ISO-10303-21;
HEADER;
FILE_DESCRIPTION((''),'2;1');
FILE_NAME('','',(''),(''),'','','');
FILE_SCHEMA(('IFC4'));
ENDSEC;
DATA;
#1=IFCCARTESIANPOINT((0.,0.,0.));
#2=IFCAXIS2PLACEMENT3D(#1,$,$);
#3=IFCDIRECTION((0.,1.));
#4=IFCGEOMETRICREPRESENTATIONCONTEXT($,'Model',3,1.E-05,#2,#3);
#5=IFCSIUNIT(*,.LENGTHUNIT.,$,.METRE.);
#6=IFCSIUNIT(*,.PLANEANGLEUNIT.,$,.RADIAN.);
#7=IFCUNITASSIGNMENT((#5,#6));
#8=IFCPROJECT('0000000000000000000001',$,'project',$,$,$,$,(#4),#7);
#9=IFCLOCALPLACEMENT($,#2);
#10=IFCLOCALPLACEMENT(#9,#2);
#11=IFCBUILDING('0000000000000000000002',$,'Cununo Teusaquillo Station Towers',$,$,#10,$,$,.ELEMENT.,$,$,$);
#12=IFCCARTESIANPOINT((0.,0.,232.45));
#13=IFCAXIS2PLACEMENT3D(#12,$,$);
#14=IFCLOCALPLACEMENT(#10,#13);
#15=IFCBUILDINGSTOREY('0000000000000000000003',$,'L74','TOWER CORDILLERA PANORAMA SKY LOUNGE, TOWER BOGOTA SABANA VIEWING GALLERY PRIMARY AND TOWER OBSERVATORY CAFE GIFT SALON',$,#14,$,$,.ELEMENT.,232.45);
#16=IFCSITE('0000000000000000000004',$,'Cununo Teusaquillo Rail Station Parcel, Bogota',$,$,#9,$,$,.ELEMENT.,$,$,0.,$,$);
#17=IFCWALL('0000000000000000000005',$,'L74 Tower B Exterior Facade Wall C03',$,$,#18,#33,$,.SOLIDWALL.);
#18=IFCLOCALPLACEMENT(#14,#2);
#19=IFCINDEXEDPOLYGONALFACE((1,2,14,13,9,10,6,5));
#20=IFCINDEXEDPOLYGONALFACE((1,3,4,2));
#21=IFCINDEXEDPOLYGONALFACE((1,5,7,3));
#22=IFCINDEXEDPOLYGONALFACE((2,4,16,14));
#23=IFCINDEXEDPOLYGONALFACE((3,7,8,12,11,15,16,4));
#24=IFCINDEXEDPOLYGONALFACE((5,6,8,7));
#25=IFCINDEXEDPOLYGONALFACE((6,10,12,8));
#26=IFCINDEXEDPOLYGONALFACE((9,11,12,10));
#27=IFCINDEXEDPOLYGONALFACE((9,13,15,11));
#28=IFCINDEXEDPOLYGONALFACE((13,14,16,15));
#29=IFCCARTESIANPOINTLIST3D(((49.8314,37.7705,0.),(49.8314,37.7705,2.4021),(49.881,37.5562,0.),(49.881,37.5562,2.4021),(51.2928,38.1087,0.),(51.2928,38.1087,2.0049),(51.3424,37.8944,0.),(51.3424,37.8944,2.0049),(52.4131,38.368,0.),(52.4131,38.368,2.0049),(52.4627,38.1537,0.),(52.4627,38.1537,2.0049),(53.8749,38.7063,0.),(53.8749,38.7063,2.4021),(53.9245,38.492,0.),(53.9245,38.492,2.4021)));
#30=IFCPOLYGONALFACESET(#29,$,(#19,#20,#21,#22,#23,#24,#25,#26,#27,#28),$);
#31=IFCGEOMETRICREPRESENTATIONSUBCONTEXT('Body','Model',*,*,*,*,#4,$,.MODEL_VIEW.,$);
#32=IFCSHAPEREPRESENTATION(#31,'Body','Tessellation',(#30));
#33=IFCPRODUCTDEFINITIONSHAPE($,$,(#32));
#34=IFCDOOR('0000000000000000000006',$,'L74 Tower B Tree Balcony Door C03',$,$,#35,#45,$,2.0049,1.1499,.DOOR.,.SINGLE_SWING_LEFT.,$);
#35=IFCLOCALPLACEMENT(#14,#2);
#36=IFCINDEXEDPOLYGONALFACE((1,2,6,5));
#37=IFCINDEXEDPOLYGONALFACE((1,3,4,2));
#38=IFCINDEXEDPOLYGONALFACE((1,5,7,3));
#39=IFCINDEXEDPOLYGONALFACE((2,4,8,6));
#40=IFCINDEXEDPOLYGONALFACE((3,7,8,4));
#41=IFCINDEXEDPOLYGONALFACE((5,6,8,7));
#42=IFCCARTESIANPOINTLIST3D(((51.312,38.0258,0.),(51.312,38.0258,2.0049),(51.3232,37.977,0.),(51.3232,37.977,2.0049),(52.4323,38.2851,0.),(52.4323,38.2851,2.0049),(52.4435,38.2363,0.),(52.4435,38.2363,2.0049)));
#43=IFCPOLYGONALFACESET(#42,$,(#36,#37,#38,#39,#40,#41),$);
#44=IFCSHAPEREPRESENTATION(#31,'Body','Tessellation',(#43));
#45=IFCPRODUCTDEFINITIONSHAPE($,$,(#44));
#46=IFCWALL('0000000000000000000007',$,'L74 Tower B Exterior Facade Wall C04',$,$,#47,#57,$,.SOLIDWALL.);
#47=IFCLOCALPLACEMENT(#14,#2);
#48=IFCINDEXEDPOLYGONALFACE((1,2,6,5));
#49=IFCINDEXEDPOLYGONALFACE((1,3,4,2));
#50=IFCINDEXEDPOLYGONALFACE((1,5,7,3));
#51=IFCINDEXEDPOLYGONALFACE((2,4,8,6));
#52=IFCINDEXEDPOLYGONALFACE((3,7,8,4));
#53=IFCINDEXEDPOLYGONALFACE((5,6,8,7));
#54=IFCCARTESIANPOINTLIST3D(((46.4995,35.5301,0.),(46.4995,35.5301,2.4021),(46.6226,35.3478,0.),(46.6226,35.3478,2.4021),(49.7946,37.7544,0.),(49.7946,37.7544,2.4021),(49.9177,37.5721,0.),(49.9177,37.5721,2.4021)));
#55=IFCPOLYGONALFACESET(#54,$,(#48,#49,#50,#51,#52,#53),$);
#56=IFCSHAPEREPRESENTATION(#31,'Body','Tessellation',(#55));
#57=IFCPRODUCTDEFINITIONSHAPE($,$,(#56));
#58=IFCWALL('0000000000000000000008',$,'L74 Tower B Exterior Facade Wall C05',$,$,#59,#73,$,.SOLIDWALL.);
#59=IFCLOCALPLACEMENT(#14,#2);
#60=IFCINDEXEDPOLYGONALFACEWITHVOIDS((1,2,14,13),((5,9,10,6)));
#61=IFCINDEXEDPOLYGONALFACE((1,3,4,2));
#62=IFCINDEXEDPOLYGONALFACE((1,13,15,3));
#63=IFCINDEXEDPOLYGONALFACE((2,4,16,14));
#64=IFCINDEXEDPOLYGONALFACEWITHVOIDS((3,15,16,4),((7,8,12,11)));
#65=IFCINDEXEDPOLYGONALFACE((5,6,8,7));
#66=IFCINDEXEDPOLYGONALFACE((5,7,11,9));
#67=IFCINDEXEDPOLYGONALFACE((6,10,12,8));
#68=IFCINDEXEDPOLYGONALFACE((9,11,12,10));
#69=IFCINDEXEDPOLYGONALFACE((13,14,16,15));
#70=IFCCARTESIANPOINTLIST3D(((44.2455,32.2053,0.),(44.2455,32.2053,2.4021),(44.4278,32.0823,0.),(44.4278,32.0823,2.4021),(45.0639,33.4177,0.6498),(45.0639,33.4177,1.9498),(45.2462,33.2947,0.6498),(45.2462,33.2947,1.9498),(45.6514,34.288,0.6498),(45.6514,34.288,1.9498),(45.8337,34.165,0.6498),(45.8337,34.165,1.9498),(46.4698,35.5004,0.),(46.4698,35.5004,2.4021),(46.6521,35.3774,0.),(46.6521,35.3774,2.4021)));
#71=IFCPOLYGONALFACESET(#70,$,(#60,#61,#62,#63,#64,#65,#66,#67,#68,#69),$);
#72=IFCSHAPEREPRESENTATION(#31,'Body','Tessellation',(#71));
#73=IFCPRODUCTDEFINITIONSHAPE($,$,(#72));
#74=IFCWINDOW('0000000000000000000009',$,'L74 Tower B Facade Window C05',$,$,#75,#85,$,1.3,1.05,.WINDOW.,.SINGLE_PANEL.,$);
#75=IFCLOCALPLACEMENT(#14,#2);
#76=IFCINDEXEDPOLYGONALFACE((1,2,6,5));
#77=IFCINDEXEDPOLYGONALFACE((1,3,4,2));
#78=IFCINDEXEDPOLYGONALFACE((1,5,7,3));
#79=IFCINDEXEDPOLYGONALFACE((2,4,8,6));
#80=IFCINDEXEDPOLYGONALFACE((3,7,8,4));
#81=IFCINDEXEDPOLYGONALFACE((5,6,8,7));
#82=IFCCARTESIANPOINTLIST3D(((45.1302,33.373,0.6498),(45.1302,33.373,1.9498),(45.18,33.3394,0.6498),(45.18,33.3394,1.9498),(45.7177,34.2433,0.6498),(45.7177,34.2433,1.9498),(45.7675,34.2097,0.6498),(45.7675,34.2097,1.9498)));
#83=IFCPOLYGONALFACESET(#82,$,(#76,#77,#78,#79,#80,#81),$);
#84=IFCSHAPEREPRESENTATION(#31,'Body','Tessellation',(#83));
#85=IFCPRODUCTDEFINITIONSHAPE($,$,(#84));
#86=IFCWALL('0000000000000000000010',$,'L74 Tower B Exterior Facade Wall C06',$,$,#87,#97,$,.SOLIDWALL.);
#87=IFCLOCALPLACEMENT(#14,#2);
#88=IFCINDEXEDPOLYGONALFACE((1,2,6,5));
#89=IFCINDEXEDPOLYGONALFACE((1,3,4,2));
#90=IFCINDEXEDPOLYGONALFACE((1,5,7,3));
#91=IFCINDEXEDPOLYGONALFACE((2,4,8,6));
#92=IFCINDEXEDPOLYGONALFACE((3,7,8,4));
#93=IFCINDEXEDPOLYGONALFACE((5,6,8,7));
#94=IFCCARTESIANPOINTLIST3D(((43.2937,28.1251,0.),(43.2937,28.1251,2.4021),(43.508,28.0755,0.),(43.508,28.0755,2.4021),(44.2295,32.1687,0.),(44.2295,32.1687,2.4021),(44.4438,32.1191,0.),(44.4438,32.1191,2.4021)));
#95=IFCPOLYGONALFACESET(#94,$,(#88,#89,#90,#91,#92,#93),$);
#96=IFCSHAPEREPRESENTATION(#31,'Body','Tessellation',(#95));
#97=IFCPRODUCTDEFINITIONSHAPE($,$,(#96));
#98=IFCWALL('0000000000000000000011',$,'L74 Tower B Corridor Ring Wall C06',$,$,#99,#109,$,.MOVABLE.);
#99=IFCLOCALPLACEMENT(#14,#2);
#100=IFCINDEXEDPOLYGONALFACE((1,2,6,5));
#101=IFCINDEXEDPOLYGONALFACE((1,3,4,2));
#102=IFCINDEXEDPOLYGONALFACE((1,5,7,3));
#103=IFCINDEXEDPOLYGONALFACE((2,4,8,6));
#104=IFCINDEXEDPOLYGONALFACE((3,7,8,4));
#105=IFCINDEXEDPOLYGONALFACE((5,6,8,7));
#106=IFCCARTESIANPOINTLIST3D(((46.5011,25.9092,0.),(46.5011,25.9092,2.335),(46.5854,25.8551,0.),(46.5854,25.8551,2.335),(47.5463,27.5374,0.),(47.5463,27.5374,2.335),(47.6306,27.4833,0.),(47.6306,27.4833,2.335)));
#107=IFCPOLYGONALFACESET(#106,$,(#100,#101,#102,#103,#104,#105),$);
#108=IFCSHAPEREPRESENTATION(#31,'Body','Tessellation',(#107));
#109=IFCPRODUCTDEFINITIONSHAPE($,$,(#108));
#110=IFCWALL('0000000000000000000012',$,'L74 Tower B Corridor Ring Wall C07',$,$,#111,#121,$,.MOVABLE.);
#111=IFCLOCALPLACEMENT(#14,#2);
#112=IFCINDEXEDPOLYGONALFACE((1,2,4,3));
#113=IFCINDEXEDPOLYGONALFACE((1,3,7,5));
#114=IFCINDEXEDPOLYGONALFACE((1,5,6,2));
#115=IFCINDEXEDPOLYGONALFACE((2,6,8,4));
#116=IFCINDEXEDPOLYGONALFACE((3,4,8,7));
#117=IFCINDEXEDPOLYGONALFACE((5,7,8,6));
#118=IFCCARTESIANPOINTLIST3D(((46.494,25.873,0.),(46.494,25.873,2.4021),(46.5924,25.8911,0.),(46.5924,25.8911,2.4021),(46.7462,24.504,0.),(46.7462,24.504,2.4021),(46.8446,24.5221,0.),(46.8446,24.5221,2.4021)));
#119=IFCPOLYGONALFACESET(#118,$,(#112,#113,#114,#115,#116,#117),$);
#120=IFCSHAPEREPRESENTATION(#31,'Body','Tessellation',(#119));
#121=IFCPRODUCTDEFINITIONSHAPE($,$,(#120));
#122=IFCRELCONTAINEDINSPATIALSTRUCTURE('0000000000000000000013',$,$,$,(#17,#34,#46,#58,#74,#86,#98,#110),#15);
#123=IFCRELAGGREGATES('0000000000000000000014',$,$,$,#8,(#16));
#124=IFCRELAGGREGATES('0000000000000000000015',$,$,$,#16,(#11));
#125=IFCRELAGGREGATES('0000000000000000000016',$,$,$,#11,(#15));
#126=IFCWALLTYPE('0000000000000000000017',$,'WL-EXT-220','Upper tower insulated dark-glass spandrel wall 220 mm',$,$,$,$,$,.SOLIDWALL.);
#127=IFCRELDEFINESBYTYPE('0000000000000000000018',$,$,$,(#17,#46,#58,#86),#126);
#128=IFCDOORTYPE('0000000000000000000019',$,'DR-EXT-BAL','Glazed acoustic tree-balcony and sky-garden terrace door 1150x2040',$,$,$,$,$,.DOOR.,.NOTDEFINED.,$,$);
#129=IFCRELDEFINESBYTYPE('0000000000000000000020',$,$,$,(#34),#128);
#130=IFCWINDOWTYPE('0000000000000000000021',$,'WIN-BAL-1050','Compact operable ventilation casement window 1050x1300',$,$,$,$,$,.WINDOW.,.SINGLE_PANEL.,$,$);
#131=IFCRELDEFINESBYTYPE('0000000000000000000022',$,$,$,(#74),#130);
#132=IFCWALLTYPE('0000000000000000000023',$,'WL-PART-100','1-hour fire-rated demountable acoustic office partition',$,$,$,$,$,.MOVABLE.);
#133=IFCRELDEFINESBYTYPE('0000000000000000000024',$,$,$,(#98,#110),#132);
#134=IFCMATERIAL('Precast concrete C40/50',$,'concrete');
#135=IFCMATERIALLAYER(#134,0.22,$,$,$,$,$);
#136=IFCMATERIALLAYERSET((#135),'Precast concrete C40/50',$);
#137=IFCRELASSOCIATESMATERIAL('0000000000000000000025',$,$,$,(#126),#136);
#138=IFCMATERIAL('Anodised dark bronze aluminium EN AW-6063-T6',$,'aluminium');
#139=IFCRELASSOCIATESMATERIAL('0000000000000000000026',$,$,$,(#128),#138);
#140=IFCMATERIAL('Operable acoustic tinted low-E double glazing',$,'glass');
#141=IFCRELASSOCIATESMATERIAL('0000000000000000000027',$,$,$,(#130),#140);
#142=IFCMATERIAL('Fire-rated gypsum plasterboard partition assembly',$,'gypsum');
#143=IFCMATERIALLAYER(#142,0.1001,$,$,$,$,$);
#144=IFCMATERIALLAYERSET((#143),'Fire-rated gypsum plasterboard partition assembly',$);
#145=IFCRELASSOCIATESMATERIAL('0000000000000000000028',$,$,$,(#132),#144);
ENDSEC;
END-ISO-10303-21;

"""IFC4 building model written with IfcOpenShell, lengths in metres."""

from ifc_helpers import new_model, si_unit, direction, frame, frame_2d, origin, place, context, subcontext, project, spatial, rectangle, extrude, source, transform, mapped, material, layer, layer_set, type_object, element, fill, save


model = new_model("IFC4")

# Units and contexts
model_context = context("Model", 3, precision=1e-05, world=origin(), true_north=direction((0.0, 1.0)))
body_context = subcontext(model_context, "Body", "Model", "MODEL_VIEW")
ifc_project = project(units=[si_unit("LENGTHUNIT", "METRE"), si_unit("PLANEANGLEUNIT", "RADIAN")], contexts=[model_context])

# Site, building, storey
site_placement = place(None, origin())
site = spatial("IfcSite", under=ifc_project, at=site_placement, Name="Cununo Teusaquillo Rail Station Parcel, Bogota", CompositionType="ELEMENT", RefElevation=0.0)
building_placement = place(site_placement, origin())
building = spatial("IfcBuilding", under=site, at=building_placement, Name="Cununo Teusaquillo Station Towers", CompositionType="ELEMENT")
storey_placement = place(building_placement, frame((0.0, 0.0, 232.45)))
storey = spatial("IfcBuildingStorey", under=building, at=storey_placement, Name="L74", Description="TOWER CORDILLERA PANORAMA SKY LOUNGE, TOWER BOGOTA SABANA VIEWING GALLERY PRIMARY AND TOWER OBSERVATORY CAFE GIFT SALON", CompositionType="ELEMENT", Elevation=232.45)

# Wall, opening, door
ifc_material_1 = material(Name="Precast concrete C40/50", Category="concrete")
ifc_layer_1 = layer(ifc_material_1, 0.22)
ifc_layer_set_1 = layer_set([ifc_layer_1], Name="Precast concrete C40/50")
wall_type_1 = type_object("IfcWallType", Name="WL-EXT-220", Description="Upper tower insulated dark-glass spandrel wall 220 mm", PredefinedType="SOLIDWALL", material=ifc_layer_set_1)
wall_1_placement = place(storey_placement, frame((49.8562, 37.6633, 0.0), z_axis=(0.0, 0.0, 1.0), x_axis=(0.974249, 0.225474, 0.0)))
wall_1 = element("IfcWall", 1, at=wall_1_placement, inside=storey, type_object=wall_type_1, Name="L74 Tower B Exterior Facade Wall C03", PredefinedType="SOLIDWALL", context=body_context, shape_type="SweptSolid", body=[
    extrude(rectangle(XDim=4.1504, YDim=0.22, at=frame_2d((2.0752, 0.0))), origin(), (0.0, 0.0, 1.0), 2.4021),
])
shared_shape_1 = source(origin(), body_context, "Body", "SweptSolid", [
    extrude(rectangle(XDim=1.1499, YDim=2.0049, at=frame_2d((0.575, 1.0024))), frame((0.0, 0.1199, 0.0), z_axis=(0.0, -1.0, 0.0), x_axis=(1.0, 0.0, 0.0)), (0.0, 0.0, 1.0), 0.24),
])
opening_1_placement = place(wall_1_placement, frame((1.5, 0.0, 0.0)))
opening_1 = element("IfcOpeningElement", 2, at=opening_1_placement, cuts=wall_1, PredefinedType="OPENING", context=body_context, shape_type="MappedRepresentation", body=[
    mapped(shared_shape_1, transform((0.0, 0.0, 0.0), x_axis=(1.0, 0.0, 0.0), y_axis=(0.0, 1.0, 0.0), z_axis=(0.0, 0.0, 1.0), scale=1.0)),
])
ifc_material_2 = material(Name="Anodised dark bronze aluminium EN AW-6063-T6", Category="aluminium")
door_type = type_object("IfcDoorType", Name="DR-EXT-BAL", Description="Glazed acoustic tree-balcony and sky-garden terrace door 1150x2040", OperationType="NOTDEFINED", PredefinedType="DOOR", material=ifc_material_2)
shared_shape_2 = source(origin(), body_context, "Body", "SweptSolid", [
    extrude(rectangle(XDim=1.1499, YDim=2.0049, at=frame_2d((0.575, 1.0024))), frame((0.0, 0.0249, 0.0), z_axis=(0.0, -1.0, 0.0), x_axis=(1.0, 0.0, 0.0)), (0.0, 0.0, 1.0), 0.05),
])
door_placement = place(opening_1_placement, origin())
door = element("IfcDoor", 3, at=door_placement, inside=storey, type_object=door_type, Name="L74 Tower B Tree Balcony Door C03", OperationType="SINGLE_SWING_LEFT", OverallHeight=2.0049, OverallWidth=1.1499, PredefinedType="DOOR", context=body_context, shape_type="MappedRepresentation", body=[
    mapped(shared_shape_2, transform((0.0, 0.0, 0.0), x_axis=(1.0, 0.0, 0.0), y_axis=(0.0, 1.0, 0.0), z_axis=(0.0, 0.0, 1.0), scale=1.0)),
])
fill(opening_1, door)

# Wall
wall_2_placement = place(storey_placement, frame((46.561, 35.439, 0.0), z_axis=(0.0, 0.0, 1.0), x_axis=(0.828834, 0.559495, 0.0)))
element("IfcWall", 4, at=wall_2_placement, inside=storey, type_object=wall_type_1, Name="L74 Tower B Exterior Facade Wall C04", PredefinedType="SOLIDWALL", context=body_context, shape_type="SweptSolid", body=[
    extrude(rectangle(XDim=3.9756, YDim=0.22, at=frame_2d((1.9878, 0.0))), origin(), (0.0, 0.0, 1.0), 2.4021),
])

# Wall, opening, window
wall_3_placement = place(storey_placement, frame((44.3367, 32.1438, 0.0), z_axis=(0.0, 0.0, 1.0), x_axis=(0.559495, 0.828834, 0.0)))
wall_3 = element("IfcWall", 5, at=wall_3_placement, inside=storey, type_object=wall_type_1, Name="L74 Tower B Exterior Facade Wall C05", PredefinedType="SOLIDWALL", context=body_context, shape_type="SweptSolid", body=[
    extrude(rectangle(XDim=3.9756, YDim=0.22, at=frame_2d((1.9878, 0.0))), origin(), (0.0, 0.0, 1.0), 2.4021),
])
shared_shape_3 = source(origin(), body_context, "Body", "SweptSolid", [
    extrude(rectangle(XDim=1.05, YDim=1.3, at=frame_2d((0.5249, 0.6499))), frame((0.0, 0.1199, 0.0), z_axis=(0.0, -1.0, 0.0), x_axis=(1.0, 0.0, 0.0)), (0.0, 0.0, 1.0), 0.24),
])
opening_2_placement = place(wall_3_placement, frame((1.4629, 0.0, 0.6499)))
opening_2 = element("IfcOpeningElement", 6, at=opening_2_placement, cuts=wall_3, PredefinedType="OPENING", context=body_context, shape_type="MappedRepresentation", body=[
    mapped(shared_shape_3, transform((0.0, 0.0, 0.0), x_axis=(1.0, 0.0, 0.0), y_axis=(0.0, 1.0, 0.0), z_axis=(0.0, 0.0, 1.0), scale=1.0)),
])
ifc_material_3 = material(Name="Operable acoustic tinted low-E double glazing", Category="glass")
window_type = type_object("IfcWindowType", Name="WIN-BAL-1050", Description="Compact operable ventilation casement window 1050x1300", PartitioningType="SINGLE_PANEL", PredefinedType="WINDOW", material=ifc_material_3)
shared_shape_4 = source(origin(), body_context, "Body", "SweptSolid", [
    extrude(rectangle(XDim=1.05, YDim=1.3, at=frame_2d((0.5249, 0.6499))), frame((0.0, 0.03, 0.0), z_axis=(0.0, -1.0, 0.0), x_axis=(1.0, 0.0, 0.0)), (0.0, 0.0, 1.0), 0.0601),
])
window_placement = place(opening_2_placement, origin())
window = element("IfcWindow", 7, at=window_placement, inside=storey, type_object=window_type, Name="L74 Tower B Facade Window C05", OverallHeight=1.3, OverallWidth=1.05, PartitioningType="SINGLE_PANEL", PredefinedType="WINDOW", context=body_context, shape_type="MappedRepresentation", body=[
    mapped(shared_shape_4, transform((0.0, 0.0, 0.0), x_axis=(1.0, 0.0, 0.0), y_axis=(0.0, 1.0, 0.0), z_axis=(0.0, 0.0, 1.0), scale=1.0)),
])
fill(opening_2, window)

# Walls
wall_4_placement = place(storey_placement, frame((43.4009, 28.1003, 0.0), z_axis=(0.0, 0.0, 1.0), x_axis=(0.225474, 0.974249, 0.0)))
element("IfcWall", 8, at=wall_4_placement, inside=storey, type_object=wall_type_1, Name="L74 Tower B Exterior Facade Wall C06", PredefinedType="SOLIDWALL", context=body_context, shape_type="SweptSolid", body=[
    extrude(rectangle(XDim=4.1504, YDim=0.22, at=frame_2d((2.0752, 0.0))), origin(), (0.0, 0.0, 1.0), 2.4021),
])
ifc_material_4 = material(Name="Fire-rated gypsum plasterboard partition assembly", Category="gypsum")
ifc_layer_2 = layer(ifc_material_4, 0.1001)
ifc_layer_set_2 = layer_set([ifc_layer_2], Name="Fire-rated gypsum plasterboard partition assembly")
wall_type_2 = type_object("IfcWallType", Name="WL-PART-100", Description="1-hour fire-rated demountable acoustic office partition", PredefinedType="MOVABLE", material=ifc_layer_set_2)
wall_5_placement = place(storey_placement, frame((47.5884, 27.5103, 0.0), z_axis=(0.0, 0.0, 1.0), x_axis=(-0.540203, -0.841535, 0.0)))
element("IfcWall", 9, at=wall_5_placement, inside=storey, type_object=wall_type_2, Name="L74 Tower B Corridor Ring Wall C06", PredefinedType="MOVABLE", context=body_context, shape_type="SweptSolid", body=[
    extrude(rectangle(XDim=1.9348, YDim=0.1001, at=frame_2d((0.9673, 0.0))), origin(), (0.0, 0.0, 1.0), 2.335),
])
wall_6_placement = place(storey_placement, frame((46.5432, 25.8821, 0.0), z_axis=(0.0, 0.0, 1.0), x_axis=(0.181154, -0.983455, 0.0)))
element("IfcWall", 10, at=wall_6_placement, inside=storey, type_object=wall_type_2, Name="L74 Tower B Corridor Ring Wall C07", PredefinedType="MOVABLE", context=body_context, shape_type="SweptSolid", body=[
    extrude(rectangle(XDim=1.3921, YDim=0.1001, at=frame_2d((0.696, 0.0))), origin(), (0.0, 0.0, 1.0), 2.4021),
])

save(model, "model.ifc")
